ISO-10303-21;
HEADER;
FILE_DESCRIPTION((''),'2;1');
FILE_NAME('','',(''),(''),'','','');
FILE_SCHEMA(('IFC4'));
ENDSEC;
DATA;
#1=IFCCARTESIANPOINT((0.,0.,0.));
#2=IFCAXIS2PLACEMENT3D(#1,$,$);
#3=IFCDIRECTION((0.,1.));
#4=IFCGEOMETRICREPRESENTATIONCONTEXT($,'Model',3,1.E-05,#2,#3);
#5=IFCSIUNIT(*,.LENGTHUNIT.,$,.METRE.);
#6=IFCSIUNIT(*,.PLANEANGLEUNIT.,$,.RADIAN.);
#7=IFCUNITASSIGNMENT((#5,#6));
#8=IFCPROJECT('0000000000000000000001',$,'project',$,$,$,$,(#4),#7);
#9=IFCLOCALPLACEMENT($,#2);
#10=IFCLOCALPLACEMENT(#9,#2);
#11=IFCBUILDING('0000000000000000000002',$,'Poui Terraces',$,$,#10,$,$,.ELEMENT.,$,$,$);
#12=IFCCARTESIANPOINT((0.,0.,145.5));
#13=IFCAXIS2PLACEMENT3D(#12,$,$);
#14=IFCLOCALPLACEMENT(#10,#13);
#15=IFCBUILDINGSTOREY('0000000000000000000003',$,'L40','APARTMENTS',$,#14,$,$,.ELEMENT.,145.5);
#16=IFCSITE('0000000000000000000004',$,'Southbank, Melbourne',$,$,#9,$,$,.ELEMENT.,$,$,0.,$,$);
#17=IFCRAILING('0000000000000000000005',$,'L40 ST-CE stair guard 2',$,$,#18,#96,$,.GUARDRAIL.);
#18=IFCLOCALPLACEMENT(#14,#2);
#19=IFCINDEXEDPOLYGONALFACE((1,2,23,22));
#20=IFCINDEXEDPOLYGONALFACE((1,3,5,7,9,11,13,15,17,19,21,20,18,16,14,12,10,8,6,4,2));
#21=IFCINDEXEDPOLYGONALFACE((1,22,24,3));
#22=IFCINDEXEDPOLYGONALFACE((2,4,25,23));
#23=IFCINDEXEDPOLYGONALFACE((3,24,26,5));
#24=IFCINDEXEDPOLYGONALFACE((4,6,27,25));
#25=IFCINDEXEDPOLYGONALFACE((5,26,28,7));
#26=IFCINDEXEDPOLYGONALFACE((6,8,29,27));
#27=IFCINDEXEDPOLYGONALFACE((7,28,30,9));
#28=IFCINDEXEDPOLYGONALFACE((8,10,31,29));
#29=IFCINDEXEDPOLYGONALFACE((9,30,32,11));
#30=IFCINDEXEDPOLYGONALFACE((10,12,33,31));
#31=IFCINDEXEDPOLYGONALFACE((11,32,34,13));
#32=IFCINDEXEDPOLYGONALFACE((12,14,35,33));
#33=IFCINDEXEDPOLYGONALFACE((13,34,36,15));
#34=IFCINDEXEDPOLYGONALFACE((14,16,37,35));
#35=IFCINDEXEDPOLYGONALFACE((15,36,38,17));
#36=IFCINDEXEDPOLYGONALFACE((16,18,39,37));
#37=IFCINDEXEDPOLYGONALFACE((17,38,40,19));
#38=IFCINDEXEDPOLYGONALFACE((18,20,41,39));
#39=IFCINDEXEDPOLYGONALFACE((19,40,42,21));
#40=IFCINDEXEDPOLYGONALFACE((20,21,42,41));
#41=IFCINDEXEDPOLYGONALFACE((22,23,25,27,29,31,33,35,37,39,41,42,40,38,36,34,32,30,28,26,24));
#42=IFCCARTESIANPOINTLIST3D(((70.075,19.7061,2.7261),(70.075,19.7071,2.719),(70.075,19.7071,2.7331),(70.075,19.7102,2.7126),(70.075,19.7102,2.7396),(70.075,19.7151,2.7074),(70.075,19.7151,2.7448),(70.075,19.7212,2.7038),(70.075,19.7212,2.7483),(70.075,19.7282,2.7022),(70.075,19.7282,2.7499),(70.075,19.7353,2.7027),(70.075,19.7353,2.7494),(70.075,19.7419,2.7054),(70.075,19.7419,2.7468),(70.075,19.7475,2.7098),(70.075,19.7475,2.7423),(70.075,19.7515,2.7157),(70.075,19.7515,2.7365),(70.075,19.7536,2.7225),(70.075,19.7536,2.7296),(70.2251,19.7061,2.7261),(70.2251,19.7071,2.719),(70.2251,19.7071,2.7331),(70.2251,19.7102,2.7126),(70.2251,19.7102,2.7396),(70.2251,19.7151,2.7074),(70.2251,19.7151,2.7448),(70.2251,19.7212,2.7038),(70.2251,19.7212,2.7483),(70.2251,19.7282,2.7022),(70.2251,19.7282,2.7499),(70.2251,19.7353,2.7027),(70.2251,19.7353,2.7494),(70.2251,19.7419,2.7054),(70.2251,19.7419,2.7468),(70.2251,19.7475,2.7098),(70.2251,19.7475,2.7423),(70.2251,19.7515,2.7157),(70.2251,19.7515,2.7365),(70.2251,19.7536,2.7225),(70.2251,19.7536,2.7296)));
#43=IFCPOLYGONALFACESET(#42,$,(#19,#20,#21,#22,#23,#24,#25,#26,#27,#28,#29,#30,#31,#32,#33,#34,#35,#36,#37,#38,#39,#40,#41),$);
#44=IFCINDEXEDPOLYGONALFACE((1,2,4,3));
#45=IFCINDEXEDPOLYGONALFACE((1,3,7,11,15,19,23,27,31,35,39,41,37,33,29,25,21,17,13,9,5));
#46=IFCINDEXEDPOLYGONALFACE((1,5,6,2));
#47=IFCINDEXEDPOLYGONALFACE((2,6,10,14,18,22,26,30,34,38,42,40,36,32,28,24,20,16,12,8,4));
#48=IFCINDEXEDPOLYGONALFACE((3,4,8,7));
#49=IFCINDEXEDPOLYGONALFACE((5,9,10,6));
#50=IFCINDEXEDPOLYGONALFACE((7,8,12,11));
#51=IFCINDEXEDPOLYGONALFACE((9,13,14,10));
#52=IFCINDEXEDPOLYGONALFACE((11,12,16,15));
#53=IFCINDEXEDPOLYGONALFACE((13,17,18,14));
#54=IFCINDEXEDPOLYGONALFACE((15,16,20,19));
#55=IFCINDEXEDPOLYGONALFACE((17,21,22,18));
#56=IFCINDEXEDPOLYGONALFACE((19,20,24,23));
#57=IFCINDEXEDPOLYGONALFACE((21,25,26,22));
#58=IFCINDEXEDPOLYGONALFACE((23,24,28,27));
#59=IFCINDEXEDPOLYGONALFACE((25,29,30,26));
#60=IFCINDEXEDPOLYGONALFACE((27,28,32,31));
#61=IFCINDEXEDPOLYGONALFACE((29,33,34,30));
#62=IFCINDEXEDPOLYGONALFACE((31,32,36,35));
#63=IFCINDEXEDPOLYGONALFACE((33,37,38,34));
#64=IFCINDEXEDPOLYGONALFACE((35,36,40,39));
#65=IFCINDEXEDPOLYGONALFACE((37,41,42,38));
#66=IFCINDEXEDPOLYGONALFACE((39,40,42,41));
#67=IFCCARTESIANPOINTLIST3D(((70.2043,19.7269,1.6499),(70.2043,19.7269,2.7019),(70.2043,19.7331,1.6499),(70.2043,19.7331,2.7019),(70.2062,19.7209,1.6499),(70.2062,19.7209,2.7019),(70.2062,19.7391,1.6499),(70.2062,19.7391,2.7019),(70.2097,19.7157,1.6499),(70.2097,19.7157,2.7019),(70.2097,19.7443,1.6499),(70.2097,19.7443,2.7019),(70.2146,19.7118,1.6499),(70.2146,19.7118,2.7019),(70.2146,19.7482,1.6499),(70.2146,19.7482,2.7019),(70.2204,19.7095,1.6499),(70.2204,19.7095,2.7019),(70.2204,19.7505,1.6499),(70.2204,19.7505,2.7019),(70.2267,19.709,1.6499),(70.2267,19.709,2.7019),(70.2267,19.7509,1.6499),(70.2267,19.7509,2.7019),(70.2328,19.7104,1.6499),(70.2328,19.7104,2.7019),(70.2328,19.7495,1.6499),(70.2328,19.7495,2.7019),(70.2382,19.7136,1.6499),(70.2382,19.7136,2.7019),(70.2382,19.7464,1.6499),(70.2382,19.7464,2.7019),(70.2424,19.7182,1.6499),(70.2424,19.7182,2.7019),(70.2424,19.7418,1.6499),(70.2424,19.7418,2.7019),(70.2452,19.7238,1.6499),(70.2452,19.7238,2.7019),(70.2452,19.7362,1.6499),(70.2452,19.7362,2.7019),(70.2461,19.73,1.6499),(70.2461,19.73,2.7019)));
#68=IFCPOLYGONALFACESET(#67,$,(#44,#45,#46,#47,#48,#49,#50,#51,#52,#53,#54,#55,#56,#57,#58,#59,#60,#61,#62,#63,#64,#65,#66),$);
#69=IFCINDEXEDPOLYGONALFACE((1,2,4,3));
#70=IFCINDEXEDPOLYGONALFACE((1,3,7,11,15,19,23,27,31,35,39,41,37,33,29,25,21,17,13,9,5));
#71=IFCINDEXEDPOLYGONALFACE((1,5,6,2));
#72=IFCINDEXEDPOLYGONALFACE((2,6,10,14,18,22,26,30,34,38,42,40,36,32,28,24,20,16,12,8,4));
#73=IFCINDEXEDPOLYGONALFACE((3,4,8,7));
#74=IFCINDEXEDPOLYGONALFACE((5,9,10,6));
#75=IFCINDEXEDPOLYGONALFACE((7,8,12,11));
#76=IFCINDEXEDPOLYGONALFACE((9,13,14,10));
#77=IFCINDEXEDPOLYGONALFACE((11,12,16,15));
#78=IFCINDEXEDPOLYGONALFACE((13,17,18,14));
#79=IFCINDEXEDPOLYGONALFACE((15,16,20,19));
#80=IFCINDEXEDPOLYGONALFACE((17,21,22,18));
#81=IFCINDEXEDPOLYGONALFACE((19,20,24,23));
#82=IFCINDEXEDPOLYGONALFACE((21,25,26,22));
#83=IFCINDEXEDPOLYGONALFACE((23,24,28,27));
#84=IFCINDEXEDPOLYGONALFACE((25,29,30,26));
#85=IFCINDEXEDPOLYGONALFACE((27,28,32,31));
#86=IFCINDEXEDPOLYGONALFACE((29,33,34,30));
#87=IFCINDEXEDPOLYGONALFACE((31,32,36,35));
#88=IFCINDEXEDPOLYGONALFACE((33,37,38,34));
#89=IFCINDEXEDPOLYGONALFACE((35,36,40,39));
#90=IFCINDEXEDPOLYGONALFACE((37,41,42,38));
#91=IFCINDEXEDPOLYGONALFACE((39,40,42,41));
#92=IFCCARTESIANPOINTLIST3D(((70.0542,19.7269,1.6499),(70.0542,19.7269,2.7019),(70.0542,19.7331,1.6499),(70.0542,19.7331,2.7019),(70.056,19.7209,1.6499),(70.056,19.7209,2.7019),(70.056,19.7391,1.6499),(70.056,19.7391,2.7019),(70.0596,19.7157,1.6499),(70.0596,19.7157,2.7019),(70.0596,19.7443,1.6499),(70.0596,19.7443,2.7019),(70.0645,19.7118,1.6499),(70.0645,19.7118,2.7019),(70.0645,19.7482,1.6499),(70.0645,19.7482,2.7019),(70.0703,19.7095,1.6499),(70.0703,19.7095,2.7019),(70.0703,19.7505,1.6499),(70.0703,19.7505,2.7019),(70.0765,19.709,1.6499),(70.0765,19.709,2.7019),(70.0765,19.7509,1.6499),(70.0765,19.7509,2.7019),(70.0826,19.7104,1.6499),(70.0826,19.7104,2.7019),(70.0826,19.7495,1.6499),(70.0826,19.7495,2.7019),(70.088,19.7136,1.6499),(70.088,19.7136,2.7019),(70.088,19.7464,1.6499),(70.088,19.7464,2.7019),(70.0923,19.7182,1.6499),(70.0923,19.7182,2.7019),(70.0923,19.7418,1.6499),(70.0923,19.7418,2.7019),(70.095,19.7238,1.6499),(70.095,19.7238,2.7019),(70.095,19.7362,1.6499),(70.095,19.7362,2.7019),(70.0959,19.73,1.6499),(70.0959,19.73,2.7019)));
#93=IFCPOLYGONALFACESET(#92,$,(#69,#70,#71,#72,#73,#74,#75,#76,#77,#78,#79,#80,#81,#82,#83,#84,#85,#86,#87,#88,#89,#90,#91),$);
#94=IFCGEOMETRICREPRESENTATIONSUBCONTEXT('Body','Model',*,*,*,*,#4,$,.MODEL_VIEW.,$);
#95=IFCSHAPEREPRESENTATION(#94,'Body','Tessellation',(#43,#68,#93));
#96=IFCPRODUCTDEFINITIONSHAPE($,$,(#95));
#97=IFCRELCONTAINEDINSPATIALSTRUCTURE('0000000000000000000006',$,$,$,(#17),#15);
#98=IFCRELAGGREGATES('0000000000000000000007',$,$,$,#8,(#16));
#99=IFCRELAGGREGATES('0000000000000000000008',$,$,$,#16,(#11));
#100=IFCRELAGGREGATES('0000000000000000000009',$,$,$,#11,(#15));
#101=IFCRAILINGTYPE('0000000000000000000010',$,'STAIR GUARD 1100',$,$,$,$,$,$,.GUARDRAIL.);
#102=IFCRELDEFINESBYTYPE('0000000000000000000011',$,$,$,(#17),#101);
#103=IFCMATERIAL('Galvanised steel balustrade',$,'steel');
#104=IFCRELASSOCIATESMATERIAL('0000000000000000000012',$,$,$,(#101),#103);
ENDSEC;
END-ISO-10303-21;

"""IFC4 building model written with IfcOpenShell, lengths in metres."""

from ifc_helpers import new_model, si_unit, direction, frame, origin, origin_2d, place, context, subcontext, project, spatial, circle, extrude, material, type_object, element, save


model = new_model("IFC4")

# Units and contexts
model_context = context("Model", 3, precision=1e-05, world=origin(), true_north=direction((0.0, 1.0)))
body_context = subcontext(model_context, "Body", "Model", "MODEL_VIEW")
ifc_project = project(units=[si_unit("LENGTHUNIT", "METRE"), si_unit("PLANEANGLEUNIT", "RADIAN")], contexts=[model_context])

# Site, building, storey
site_placement = place(None, origin())
site = spatial("IfcSite", under=ifc_project, at=site_placement, Name="Southbank, Melbourne", CompositionType="ELEMENT", RefElevation=0.0)
building_placement = place(site_placement, origin())
building = spatial("IfcBuilding", under=site, at=building_placement, Name="Poui Terraces", CompositionType="ELEMENT")
storey_placement = place(building_placement, frame((0.0, 0.0, 145.5)))
storey = spatial("IfcBuildingStorey", under=building, at=storey_placement, Name="L40", Description="APARTMENTS", CompositionType="ELEMENT", Elevation=145.5)

# Railing
ifc_material_1 = material(Name="Galvanised steel balustrade", Category="steel")
railing_type_1 = type_object("IfcRailingType", Name="STAIR GUARD 1100", PredefinedType="GUARDRAIL", material=ifc_material_1)
railing_1_placement = place(storey_placement, frame((70.2251, 19.73, 1.6499)))
element("IfcRailing", 1, at=railing_1_placement, inside=storey, type_object=railing_type_1, Name="L40 ST-CE stair guard 2", PredefinedType="GUARDRAIL", context=body_context, shape_type="SweptSolid", body=[
    extrude(circle(Radius=0.0239, at=origin_2d()), frame((0.0, 0.0, 1.0762), z_axis=(-1.0, 0.0, 0.0), x_axis=(0.0, -1.0, 0.0)), (0.0, 0.0, 1.0), 0.1501),
    extrude(circle(Radius=0.021, at=origin_2d()), origin(), (0.0, 0.0, 1.0), 1.052),
    extrude(circle(Radius=0.021, at=origin_2d()), frame((-0.1501, 0.0, 0.0)), (0.0, 0.0, 1.0), 1.052),
])

save(model, "model.ifc")
